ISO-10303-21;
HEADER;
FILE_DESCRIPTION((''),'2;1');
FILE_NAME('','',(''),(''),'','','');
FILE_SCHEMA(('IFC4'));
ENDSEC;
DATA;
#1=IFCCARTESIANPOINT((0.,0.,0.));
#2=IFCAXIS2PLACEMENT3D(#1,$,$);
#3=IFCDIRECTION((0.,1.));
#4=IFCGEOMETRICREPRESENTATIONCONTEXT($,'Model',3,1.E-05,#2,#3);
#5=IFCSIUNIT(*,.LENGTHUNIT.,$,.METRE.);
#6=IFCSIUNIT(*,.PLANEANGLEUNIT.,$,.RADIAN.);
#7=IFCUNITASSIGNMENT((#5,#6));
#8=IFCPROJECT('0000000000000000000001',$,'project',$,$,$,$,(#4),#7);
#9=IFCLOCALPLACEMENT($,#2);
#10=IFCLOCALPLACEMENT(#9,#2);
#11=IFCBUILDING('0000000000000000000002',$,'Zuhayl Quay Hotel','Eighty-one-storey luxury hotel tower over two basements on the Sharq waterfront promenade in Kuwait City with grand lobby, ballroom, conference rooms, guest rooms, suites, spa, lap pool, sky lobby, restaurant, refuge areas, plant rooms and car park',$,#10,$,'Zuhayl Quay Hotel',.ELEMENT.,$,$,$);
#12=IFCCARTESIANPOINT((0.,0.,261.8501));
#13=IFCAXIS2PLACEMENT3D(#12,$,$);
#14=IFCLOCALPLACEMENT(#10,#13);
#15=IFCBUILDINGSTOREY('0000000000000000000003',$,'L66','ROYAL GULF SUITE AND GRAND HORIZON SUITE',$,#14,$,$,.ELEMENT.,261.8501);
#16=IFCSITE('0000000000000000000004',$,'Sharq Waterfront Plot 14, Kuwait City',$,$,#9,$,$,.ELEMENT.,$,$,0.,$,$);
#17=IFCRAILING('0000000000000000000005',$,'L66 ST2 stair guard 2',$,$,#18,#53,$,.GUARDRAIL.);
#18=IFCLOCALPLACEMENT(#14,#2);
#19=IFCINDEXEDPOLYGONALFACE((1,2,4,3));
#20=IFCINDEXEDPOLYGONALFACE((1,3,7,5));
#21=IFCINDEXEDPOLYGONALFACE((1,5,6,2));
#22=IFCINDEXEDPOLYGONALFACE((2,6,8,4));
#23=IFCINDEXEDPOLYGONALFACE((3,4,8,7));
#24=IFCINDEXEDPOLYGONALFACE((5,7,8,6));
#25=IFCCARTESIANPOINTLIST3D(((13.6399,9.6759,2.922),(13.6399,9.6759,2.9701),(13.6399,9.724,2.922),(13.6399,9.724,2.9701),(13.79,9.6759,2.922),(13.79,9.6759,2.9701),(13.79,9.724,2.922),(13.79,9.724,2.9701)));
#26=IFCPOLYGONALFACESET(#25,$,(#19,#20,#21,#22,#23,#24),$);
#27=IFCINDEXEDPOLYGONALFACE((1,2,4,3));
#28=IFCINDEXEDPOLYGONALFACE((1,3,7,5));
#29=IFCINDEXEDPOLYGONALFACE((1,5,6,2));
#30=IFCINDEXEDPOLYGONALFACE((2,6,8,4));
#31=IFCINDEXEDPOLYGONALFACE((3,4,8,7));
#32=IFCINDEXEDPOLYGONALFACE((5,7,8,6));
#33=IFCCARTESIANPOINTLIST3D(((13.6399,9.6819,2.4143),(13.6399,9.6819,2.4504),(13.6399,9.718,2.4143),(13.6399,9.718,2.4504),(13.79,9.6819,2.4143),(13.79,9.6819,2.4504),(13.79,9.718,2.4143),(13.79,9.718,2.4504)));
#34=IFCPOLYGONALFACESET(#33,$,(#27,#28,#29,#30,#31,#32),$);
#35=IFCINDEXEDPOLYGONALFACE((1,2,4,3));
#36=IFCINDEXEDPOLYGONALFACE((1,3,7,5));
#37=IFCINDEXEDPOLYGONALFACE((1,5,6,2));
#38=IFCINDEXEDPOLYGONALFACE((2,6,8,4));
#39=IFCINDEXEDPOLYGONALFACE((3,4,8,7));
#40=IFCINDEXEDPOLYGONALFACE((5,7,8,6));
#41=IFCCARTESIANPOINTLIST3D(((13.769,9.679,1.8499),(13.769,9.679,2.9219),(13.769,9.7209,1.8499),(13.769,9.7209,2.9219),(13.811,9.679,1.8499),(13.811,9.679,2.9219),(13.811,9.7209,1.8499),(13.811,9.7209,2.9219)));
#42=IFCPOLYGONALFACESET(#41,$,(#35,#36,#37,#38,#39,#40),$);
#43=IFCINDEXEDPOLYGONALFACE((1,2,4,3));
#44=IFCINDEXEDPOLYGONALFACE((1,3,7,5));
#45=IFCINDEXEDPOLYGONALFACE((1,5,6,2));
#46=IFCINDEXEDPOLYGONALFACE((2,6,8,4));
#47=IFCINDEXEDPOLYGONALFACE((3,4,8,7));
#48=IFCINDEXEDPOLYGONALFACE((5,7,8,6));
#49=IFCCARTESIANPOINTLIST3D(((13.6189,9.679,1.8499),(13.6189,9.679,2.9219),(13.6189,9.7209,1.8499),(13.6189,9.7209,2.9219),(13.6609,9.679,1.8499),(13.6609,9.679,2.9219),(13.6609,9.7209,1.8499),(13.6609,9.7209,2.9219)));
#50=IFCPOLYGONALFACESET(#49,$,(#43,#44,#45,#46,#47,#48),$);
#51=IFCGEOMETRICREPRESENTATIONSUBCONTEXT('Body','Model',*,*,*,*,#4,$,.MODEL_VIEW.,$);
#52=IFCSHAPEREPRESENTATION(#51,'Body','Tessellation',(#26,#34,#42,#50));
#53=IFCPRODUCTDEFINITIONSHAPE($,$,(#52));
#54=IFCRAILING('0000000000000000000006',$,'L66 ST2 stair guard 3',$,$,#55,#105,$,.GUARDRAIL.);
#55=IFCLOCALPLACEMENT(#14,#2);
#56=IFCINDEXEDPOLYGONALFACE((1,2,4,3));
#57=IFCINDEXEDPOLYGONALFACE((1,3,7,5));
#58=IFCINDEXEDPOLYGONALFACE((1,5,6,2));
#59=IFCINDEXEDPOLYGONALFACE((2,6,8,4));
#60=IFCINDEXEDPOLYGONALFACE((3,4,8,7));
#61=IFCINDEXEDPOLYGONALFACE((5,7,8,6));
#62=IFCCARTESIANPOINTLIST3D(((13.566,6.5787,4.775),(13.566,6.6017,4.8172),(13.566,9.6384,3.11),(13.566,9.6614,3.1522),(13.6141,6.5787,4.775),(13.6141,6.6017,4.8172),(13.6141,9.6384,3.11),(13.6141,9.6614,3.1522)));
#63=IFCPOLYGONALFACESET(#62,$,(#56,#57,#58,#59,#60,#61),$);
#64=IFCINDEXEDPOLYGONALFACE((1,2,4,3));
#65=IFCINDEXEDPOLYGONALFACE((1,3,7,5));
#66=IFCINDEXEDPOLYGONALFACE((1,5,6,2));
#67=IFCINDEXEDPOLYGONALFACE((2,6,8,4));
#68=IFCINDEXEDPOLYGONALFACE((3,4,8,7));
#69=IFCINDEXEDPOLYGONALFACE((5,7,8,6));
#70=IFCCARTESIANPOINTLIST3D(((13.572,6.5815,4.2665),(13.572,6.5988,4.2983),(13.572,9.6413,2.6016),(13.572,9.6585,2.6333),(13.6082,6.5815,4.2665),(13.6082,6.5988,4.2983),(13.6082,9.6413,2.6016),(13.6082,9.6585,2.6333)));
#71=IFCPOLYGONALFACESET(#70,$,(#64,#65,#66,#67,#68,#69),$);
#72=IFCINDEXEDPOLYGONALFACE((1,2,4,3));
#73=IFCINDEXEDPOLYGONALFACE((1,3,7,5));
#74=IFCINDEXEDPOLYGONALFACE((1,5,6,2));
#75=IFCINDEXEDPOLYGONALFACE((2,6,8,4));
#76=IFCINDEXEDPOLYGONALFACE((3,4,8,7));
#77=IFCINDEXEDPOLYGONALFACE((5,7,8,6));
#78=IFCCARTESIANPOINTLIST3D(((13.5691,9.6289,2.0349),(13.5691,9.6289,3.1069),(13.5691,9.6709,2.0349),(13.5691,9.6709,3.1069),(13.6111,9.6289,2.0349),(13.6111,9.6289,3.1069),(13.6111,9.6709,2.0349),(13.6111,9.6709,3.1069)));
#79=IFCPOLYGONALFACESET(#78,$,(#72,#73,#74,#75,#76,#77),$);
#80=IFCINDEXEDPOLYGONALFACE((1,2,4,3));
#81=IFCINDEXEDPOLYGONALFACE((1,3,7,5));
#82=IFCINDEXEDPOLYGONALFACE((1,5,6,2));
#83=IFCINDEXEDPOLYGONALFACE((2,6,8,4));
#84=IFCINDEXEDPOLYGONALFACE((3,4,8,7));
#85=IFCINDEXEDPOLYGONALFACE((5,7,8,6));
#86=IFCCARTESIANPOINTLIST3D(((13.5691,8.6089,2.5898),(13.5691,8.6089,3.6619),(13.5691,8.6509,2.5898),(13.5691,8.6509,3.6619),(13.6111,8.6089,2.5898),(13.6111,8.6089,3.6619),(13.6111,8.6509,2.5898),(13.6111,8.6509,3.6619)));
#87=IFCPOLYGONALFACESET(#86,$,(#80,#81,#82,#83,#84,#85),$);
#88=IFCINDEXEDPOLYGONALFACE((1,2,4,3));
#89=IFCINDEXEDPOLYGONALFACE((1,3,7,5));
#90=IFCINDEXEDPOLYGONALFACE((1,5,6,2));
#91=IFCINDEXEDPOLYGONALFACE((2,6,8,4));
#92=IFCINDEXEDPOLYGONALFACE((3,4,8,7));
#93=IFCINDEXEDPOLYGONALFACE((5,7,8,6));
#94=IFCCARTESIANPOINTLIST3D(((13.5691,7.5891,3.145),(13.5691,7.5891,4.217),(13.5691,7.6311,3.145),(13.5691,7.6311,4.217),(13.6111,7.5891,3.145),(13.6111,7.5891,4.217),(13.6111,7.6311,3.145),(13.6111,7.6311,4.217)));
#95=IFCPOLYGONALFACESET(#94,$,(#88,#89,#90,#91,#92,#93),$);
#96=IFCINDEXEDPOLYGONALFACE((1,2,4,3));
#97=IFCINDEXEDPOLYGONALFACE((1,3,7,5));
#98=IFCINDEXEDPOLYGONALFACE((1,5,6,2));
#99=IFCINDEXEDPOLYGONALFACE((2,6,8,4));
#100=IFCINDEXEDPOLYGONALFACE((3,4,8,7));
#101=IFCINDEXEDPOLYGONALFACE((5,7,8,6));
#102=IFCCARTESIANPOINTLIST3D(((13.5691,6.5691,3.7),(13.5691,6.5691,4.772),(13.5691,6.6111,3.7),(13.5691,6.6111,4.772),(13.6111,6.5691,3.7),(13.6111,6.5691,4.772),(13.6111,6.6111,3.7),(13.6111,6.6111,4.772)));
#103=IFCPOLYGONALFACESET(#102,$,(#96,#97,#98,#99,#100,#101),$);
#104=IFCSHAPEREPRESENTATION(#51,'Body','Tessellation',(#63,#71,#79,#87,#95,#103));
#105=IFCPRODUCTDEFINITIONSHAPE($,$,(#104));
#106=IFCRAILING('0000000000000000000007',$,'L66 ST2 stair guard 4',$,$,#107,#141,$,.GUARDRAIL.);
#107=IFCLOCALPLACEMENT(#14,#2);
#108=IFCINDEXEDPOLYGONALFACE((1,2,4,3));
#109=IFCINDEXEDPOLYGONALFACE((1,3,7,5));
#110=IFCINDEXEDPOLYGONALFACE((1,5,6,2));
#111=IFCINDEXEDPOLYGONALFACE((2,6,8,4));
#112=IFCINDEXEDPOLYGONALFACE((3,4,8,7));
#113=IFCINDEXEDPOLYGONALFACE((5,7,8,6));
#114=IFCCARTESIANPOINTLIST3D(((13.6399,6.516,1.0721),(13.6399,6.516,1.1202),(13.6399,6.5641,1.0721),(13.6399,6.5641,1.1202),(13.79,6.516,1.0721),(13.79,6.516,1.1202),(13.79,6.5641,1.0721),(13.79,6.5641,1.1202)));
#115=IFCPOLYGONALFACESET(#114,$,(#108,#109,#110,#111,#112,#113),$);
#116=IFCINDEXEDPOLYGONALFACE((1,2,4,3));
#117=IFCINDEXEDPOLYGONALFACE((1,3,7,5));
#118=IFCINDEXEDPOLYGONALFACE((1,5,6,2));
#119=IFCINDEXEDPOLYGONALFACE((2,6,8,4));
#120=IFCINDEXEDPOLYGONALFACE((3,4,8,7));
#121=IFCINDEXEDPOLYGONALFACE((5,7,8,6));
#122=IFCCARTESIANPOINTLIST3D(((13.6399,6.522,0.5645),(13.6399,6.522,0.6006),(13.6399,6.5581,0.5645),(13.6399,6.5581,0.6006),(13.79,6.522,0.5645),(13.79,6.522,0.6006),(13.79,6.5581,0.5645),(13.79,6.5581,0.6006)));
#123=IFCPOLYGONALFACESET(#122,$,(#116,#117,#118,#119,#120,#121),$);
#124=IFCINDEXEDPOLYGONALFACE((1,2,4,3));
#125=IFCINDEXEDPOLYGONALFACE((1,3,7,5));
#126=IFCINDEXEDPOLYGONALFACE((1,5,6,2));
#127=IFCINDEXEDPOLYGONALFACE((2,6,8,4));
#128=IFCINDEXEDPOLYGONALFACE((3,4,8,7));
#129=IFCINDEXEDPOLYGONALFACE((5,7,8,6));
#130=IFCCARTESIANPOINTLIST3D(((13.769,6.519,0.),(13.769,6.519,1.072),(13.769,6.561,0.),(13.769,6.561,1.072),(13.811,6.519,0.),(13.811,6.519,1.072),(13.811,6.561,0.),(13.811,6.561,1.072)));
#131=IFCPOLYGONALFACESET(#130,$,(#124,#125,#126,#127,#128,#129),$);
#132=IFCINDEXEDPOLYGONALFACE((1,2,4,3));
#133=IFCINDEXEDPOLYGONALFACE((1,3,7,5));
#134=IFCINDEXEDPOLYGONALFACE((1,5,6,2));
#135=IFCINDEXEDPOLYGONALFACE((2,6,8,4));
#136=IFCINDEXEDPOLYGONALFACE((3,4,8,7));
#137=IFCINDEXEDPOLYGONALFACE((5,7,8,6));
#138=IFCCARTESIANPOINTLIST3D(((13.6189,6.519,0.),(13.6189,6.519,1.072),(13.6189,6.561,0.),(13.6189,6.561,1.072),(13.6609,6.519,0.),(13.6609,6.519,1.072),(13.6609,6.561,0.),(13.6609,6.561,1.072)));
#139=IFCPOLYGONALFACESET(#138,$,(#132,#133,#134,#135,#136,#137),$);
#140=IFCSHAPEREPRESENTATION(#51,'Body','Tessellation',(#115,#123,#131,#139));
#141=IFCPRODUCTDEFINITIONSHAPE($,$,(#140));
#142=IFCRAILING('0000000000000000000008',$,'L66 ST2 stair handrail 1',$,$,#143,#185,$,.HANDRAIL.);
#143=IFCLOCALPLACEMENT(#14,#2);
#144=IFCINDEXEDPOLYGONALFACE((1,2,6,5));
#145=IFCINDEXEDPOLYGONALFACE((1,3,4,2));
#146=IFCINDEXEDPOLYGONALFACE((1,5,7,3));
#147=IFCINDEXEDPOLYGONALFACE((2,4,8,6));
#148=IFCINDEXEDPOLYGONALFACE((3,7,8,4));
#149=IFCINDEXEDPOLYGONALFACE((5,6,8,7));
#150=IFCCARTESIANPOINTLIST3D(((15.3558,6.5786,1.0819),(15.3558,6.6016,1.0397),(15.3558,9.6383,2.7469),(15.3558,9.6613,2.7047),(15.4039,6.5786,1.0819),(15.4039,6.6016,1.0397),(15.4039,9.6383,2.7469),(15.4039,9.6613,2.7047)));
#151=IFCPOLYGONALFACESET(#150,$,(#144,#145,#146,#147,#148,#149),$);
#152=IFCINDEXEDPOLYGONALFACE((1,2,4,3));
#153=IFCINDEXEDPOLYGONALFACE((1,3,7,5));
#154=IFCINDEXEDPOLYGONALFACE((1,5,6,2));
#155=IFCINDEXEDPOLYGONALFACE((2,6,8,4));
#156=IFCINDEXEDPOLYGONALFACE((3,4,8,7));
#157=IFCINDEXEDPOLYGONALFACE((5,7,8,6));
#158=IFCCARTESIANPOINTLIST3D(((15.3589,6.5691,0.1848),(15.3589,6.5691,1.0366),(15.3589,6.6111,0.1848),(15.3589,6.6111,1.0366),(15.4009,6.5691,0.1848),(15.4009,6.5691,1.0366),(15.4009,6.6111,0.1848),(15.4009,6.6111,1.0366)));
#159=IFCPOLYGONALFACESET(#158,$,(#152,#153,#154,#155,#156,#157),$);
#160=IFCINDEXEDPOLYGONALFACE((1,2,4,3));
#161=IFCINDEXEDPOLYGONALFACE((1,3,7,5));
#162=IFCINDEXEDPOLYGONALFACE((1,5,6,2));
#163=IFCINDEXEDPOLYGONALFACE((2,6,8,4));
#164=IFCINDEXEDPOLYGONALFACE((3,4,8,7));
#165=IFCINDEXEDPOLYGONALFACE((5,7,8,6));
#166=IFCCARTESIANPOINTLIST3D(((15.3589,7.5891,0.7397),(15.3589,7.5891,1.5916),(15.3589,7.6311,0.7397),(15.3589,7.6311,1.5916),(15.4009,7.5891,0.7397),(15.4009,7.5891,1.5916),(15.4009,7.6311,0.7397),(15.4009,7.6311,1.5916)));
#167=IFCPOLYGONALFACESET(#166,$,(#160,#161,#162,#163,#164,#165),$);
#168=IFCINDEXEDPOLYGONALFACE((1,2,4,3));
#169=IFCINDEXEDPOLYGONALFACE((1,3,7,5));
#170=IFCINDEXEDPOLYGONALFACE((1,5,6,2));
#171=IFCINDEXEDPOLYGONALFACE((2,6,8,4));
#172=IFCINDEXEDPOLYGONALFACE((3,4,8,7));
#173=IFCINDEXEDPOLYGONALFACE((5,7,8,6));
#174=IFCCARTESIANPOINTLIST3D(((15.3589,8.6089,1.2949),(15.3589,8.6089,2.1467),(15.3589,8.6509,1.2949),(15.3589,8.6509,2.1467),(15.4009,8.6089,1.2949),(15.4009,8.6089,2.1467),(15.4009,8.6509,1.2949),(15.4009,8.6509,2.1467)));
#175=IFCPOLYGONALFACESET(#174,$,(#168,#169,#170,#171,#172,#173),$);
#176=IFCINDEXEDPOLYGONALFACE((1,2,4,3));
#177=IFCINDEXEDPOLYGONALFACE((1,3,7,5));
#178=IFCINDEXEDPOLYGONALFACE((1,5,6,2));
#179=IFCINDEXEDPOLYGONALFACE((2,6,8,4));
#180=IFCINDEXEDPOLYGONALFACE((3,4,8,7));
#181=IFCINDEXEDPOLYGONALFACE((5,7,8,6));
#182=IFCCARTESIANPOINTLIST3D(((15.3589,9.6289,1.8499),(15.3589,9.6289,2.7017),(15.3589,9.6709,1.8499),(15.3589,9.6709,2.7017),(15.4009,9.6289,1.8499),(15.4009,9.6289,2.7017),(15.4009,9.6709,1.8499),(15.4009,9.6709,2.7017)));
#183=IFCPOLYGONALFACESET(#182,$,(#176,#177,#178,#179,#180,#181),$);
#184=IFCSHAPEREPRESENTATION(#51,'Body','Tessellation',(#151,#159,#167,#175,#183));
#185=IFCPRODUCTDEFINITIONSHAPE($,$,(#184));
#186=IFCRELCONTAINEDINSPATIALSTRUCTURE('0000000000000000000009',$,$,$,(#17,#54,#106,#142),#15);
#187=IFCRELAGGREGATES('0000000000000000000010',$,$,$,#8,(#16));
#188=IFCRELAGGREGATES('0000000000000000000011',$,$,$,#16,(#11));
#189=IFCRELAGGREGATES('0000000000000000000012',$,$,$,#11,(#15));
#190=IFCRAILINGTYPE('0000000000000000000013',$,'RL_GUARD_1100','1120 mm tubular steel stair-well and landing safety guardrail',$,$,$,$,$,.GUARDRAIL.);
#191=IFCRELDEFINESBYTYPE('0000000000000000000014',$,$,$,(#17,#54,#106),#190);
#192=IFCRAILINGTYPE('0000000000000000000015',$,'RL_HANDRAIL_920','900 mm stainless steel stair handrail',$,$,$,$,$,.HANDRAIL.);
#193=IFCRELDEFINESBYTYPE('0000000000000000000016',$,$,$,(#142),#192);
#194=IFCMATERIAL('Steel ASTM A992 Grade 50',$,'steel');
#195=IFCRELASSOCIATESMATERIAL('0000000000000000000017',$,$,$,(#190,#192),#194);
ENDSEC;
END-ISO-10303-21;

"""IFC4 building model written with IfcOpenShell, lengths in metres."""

from ifc_helpers import new_model, si_unit, direction, frame, origin, origin_2d, place, context, subcontext, project, spatial, rectangle, extrude, material, type_object, element, save


model = new_model("IFC4")

# Units and contexts
model_context = context("Model", 3, precision=1e-05, world=origin(), true_north=direction((0.0, 1.0)))
body_context = subcontext(model_context, "Body", "Model", "MODEL_VIEW")
ifc_project = project(units=[si_unit("LENGTHUNIT", "METRE"), si_unit("PLANEANGLEUNIT", "RADIAN")], contexts=[model_context])

# Site, building, storey
site_placement = place(None, origin())
site = spatial("IfcSite", under=ifc_project, at=site_placement, Name="Sharq Waterfront Plot 14, Kuwait City", CompositionType="ELEMENT", RefElevation=0.0)
building_placement = place(site_placement, origin())
building = spatial("IfcBuilding", under=site, at=building_placement, Name="Zuhayl Quay Hotel", Description="Eighty-one-storey luxury hotel tower over two basements on the Sharq waterfront promenade in Kuwait City with grand lobby, ballroom, conference rooms, guest rooms, suites, spa, lap pool, sky lobby, restaurant, refuge areas, plant rooms and car park", LongName="Zuhayl Quay Hotel", CompositionType="ELEMENT")
storey_placement = place(building_placement, frame((0.0, 0.0, 261.8501)))
storey = spatial("IfcBuildingStorey", under=building, at=storey_placement, Name="L66", Description="ROYAL GULF SUITE AND GRAND HORIZON SUITE", CompositionType="ELEMENT", Elevation=261.8501)

# Shared definitions
ifc_material_1 = material(Name="Steel ASTM A992 Grade 50", Category="steel")

# Railings
railing_type_1 = type_object("IfcRailingType", Name="RL_GUARD_1100", Description="1120 mm tubular steel stair-well and landing safety guardrail", PredefinedType="GUARDRAIL", material=ifc_material_1)
railing_1_placement = place(storey_placement, frame((13.79, 9.7, 1.8499)))
element("IfcRailing", 1, at=railing_1_placement, inside=storey, type_object=railing_type_1, Name="L66 ST2 stair guard 2", PredefinedType="GUARDRAIL", context=body_context, shape_type="SweptSolid", body=[
    extrude(rectangle(XDim=0.0481, YDim=0.0481, at=origin_2d()), frame((0.0, 0.0, 1.0962), z_axis=(-1.0, 0.0, 0.0), x_axis=(0.0, -1.0, 0.0)), (0.0, 0.0, 1.0), 0.1501),
    extrude(rectangle(XDim=0.0361, YDim=0.0361, at=origin_2d()), frame((0.0, 0.0, 0.5825), z_axis=(-1.0, 0.0, 0.0), x_axis=(0.0, -1.0, 0.0)), (0.0, 0.0, 1.0), 0.1501),
    extrude(rectangle(XDim=0.042, YDim=0.042, at=origin_2d()), origin(), (0.0, 0.0, 1.0), 1.072),
    extrude(rectangle(XDim=0.042, YDim=0.042, at=origin_2d()), frame((-0.1501, 0.0, 0.0)), (0.0, 0.0, 1.0), 1.072),
])
railing_2_placement = place(storey_placement, frame((13.5901, 9.6499, 2.0349)))
element("IfcRailing", 2, at=railing_2_placement, inside=storey, type_object=railing_type_1, Name="L66 ST2 stair guard 3", PredefinedType="GUARDRAIL", context=body_context, shape_type="SweptSolid", body=[
    extrude(rectangle(XDim=0.0481, YDim=0.0481, at=origin_2d()), frame((0.0, 0.0, 1.0962), z_axis=(0.0, -0.878372, 0.477978), x_axis=(1.0, 0.0, 0.0)), (0.0, 0.0, 1.0), 3.4834),
    extrude(rectangle(XDim=0.0361, YDim=0.0361, at=origin_2d()), frame((0.0, 0.0, 0.5825), z_axis=(0.0, -0.878372, 0.477978), x_axis=(1.0, 0.0, 0.0)), (0.0, 0.0, 1.0), 3.4834),
    extrude(rectangle(XDim=0.042, YDim=0.042, at=origin_2d()), origin(), (0.0, 0.0, 1.0), 1.072),
    extrude(rectangle(XDim=0.042, YDim=0.042, at=origin_2d()), frame((0.0, -1.02, 0.5549)), (0.0, 0.0, 1.0), 1.072),
    extrude(rectangle(XDim=0.042, YDim=0.042, at=origin_2d()), frame((0.0, -2.0398, 1.1101)), (0.0, 0.0, 1.0), 1.072),
    extrude(rectangle(XDim=0.042, YDim=0.042, at=origin_2d()), frame((0.0, -3.0598, 1.665)), (0.0, 0.0, 1.0), 1.072),
])
railing_3_placement = place(storey_placement, frame((13.79, 6.54, 0.0)))
element("IfcRailing", 3, at=railing_3_placement, inside=storey, type_object=railing_type_1, Name="L66 ST2 stair guard 4", PredefinedType="GUARDRAIL", context=body_context, shape_type="SweptSolid", body=[
    extrude(rectangle(XDim=0.0481, YDim=0.0481, at=origin_2d()), frame((0.0, 0.0, 1.0962), z_axis=(-1.0, 0.0, 0.0), x_axis=(0.0, -1.0, 0.0)), (0.0, 0.0, 1.0), 0.1501),
    extrude(rectangle(XDim=0.0361, YDim=0.0361, at=origin_2d()), frame((0.0, 0.0, 0.5825), z_axis=(-1.0, 0.0, 0.0), x_axis=(0.0, -1.0, 0.0)), (0.0, 0.0, 1.0), 0.1501),
    extrude(rectangle(XDim=0.042, YDim=0.042, at=origin_2d()), origin(), (0.0, 0.0, 1.0), 1.072),
    extrude(rectangle(XDim=0.042, YDim=0.042, at=origin_2d()), frame((-0.1501, 0.0, 0.0)), (0.0, 0.0, 1.0), 1.072),
])
railing_type_2 = type_object("IfcRailingType", Name="RL_HANDRAIL_920", Description="900 mm stainless steel stair handrail", PredefinedType="HANDRAIL", material=ifc_material_1)
railing_4_placement = place(storey_placement, frame((15.3799, 6.5901, 0.1848)))
element("IfcRailing", 4, at=railing_4_placement, inside=storey, type_object=railing_type_2, Name="L66 ST2 stair handrail 1", PredefinedType="HANDRAIL", context=body_context, shape_type="SweptSolid", body=[
    extrude(rectangle(XDim=0.0481, YDim=0.0481, at=origin_2d()), frame((0.0, 0.0, 0.876), z_axis=(0.0, 0.878372, 0.477978), x_axis=(-1.0, 0.0, 0.0)), (0.0, 0.0, 1.0), 3.4834),
    extrude(rectangle(XDim=0.042, YDim=0.042, at=origin_2d()), origin(), (0.0, 0.0, 1.0), 0.8518),
    extrude(rectangle(XDim=0.042, YDim=0.042, at=origin_2d()), frame((0.0, 1.02, 0.5549)), (0.0, 0.0, 1.0), 0.8518),
    extrude(rectangle(XDim=0.042, YDim=0.042, at=origin_2d()), frame((0.0, 2.0398, 1.1101)), (0.0, 0.0, 1.0), 0.8518),
    extrude(rectangle(XDim=0.042, YDim=0.042, at=origin_2d()), frame((0.0, 3.0598, 1.665)), (0.0, 0.0, 1.0), 0.8518),
])

save(model, "model.ifc")
